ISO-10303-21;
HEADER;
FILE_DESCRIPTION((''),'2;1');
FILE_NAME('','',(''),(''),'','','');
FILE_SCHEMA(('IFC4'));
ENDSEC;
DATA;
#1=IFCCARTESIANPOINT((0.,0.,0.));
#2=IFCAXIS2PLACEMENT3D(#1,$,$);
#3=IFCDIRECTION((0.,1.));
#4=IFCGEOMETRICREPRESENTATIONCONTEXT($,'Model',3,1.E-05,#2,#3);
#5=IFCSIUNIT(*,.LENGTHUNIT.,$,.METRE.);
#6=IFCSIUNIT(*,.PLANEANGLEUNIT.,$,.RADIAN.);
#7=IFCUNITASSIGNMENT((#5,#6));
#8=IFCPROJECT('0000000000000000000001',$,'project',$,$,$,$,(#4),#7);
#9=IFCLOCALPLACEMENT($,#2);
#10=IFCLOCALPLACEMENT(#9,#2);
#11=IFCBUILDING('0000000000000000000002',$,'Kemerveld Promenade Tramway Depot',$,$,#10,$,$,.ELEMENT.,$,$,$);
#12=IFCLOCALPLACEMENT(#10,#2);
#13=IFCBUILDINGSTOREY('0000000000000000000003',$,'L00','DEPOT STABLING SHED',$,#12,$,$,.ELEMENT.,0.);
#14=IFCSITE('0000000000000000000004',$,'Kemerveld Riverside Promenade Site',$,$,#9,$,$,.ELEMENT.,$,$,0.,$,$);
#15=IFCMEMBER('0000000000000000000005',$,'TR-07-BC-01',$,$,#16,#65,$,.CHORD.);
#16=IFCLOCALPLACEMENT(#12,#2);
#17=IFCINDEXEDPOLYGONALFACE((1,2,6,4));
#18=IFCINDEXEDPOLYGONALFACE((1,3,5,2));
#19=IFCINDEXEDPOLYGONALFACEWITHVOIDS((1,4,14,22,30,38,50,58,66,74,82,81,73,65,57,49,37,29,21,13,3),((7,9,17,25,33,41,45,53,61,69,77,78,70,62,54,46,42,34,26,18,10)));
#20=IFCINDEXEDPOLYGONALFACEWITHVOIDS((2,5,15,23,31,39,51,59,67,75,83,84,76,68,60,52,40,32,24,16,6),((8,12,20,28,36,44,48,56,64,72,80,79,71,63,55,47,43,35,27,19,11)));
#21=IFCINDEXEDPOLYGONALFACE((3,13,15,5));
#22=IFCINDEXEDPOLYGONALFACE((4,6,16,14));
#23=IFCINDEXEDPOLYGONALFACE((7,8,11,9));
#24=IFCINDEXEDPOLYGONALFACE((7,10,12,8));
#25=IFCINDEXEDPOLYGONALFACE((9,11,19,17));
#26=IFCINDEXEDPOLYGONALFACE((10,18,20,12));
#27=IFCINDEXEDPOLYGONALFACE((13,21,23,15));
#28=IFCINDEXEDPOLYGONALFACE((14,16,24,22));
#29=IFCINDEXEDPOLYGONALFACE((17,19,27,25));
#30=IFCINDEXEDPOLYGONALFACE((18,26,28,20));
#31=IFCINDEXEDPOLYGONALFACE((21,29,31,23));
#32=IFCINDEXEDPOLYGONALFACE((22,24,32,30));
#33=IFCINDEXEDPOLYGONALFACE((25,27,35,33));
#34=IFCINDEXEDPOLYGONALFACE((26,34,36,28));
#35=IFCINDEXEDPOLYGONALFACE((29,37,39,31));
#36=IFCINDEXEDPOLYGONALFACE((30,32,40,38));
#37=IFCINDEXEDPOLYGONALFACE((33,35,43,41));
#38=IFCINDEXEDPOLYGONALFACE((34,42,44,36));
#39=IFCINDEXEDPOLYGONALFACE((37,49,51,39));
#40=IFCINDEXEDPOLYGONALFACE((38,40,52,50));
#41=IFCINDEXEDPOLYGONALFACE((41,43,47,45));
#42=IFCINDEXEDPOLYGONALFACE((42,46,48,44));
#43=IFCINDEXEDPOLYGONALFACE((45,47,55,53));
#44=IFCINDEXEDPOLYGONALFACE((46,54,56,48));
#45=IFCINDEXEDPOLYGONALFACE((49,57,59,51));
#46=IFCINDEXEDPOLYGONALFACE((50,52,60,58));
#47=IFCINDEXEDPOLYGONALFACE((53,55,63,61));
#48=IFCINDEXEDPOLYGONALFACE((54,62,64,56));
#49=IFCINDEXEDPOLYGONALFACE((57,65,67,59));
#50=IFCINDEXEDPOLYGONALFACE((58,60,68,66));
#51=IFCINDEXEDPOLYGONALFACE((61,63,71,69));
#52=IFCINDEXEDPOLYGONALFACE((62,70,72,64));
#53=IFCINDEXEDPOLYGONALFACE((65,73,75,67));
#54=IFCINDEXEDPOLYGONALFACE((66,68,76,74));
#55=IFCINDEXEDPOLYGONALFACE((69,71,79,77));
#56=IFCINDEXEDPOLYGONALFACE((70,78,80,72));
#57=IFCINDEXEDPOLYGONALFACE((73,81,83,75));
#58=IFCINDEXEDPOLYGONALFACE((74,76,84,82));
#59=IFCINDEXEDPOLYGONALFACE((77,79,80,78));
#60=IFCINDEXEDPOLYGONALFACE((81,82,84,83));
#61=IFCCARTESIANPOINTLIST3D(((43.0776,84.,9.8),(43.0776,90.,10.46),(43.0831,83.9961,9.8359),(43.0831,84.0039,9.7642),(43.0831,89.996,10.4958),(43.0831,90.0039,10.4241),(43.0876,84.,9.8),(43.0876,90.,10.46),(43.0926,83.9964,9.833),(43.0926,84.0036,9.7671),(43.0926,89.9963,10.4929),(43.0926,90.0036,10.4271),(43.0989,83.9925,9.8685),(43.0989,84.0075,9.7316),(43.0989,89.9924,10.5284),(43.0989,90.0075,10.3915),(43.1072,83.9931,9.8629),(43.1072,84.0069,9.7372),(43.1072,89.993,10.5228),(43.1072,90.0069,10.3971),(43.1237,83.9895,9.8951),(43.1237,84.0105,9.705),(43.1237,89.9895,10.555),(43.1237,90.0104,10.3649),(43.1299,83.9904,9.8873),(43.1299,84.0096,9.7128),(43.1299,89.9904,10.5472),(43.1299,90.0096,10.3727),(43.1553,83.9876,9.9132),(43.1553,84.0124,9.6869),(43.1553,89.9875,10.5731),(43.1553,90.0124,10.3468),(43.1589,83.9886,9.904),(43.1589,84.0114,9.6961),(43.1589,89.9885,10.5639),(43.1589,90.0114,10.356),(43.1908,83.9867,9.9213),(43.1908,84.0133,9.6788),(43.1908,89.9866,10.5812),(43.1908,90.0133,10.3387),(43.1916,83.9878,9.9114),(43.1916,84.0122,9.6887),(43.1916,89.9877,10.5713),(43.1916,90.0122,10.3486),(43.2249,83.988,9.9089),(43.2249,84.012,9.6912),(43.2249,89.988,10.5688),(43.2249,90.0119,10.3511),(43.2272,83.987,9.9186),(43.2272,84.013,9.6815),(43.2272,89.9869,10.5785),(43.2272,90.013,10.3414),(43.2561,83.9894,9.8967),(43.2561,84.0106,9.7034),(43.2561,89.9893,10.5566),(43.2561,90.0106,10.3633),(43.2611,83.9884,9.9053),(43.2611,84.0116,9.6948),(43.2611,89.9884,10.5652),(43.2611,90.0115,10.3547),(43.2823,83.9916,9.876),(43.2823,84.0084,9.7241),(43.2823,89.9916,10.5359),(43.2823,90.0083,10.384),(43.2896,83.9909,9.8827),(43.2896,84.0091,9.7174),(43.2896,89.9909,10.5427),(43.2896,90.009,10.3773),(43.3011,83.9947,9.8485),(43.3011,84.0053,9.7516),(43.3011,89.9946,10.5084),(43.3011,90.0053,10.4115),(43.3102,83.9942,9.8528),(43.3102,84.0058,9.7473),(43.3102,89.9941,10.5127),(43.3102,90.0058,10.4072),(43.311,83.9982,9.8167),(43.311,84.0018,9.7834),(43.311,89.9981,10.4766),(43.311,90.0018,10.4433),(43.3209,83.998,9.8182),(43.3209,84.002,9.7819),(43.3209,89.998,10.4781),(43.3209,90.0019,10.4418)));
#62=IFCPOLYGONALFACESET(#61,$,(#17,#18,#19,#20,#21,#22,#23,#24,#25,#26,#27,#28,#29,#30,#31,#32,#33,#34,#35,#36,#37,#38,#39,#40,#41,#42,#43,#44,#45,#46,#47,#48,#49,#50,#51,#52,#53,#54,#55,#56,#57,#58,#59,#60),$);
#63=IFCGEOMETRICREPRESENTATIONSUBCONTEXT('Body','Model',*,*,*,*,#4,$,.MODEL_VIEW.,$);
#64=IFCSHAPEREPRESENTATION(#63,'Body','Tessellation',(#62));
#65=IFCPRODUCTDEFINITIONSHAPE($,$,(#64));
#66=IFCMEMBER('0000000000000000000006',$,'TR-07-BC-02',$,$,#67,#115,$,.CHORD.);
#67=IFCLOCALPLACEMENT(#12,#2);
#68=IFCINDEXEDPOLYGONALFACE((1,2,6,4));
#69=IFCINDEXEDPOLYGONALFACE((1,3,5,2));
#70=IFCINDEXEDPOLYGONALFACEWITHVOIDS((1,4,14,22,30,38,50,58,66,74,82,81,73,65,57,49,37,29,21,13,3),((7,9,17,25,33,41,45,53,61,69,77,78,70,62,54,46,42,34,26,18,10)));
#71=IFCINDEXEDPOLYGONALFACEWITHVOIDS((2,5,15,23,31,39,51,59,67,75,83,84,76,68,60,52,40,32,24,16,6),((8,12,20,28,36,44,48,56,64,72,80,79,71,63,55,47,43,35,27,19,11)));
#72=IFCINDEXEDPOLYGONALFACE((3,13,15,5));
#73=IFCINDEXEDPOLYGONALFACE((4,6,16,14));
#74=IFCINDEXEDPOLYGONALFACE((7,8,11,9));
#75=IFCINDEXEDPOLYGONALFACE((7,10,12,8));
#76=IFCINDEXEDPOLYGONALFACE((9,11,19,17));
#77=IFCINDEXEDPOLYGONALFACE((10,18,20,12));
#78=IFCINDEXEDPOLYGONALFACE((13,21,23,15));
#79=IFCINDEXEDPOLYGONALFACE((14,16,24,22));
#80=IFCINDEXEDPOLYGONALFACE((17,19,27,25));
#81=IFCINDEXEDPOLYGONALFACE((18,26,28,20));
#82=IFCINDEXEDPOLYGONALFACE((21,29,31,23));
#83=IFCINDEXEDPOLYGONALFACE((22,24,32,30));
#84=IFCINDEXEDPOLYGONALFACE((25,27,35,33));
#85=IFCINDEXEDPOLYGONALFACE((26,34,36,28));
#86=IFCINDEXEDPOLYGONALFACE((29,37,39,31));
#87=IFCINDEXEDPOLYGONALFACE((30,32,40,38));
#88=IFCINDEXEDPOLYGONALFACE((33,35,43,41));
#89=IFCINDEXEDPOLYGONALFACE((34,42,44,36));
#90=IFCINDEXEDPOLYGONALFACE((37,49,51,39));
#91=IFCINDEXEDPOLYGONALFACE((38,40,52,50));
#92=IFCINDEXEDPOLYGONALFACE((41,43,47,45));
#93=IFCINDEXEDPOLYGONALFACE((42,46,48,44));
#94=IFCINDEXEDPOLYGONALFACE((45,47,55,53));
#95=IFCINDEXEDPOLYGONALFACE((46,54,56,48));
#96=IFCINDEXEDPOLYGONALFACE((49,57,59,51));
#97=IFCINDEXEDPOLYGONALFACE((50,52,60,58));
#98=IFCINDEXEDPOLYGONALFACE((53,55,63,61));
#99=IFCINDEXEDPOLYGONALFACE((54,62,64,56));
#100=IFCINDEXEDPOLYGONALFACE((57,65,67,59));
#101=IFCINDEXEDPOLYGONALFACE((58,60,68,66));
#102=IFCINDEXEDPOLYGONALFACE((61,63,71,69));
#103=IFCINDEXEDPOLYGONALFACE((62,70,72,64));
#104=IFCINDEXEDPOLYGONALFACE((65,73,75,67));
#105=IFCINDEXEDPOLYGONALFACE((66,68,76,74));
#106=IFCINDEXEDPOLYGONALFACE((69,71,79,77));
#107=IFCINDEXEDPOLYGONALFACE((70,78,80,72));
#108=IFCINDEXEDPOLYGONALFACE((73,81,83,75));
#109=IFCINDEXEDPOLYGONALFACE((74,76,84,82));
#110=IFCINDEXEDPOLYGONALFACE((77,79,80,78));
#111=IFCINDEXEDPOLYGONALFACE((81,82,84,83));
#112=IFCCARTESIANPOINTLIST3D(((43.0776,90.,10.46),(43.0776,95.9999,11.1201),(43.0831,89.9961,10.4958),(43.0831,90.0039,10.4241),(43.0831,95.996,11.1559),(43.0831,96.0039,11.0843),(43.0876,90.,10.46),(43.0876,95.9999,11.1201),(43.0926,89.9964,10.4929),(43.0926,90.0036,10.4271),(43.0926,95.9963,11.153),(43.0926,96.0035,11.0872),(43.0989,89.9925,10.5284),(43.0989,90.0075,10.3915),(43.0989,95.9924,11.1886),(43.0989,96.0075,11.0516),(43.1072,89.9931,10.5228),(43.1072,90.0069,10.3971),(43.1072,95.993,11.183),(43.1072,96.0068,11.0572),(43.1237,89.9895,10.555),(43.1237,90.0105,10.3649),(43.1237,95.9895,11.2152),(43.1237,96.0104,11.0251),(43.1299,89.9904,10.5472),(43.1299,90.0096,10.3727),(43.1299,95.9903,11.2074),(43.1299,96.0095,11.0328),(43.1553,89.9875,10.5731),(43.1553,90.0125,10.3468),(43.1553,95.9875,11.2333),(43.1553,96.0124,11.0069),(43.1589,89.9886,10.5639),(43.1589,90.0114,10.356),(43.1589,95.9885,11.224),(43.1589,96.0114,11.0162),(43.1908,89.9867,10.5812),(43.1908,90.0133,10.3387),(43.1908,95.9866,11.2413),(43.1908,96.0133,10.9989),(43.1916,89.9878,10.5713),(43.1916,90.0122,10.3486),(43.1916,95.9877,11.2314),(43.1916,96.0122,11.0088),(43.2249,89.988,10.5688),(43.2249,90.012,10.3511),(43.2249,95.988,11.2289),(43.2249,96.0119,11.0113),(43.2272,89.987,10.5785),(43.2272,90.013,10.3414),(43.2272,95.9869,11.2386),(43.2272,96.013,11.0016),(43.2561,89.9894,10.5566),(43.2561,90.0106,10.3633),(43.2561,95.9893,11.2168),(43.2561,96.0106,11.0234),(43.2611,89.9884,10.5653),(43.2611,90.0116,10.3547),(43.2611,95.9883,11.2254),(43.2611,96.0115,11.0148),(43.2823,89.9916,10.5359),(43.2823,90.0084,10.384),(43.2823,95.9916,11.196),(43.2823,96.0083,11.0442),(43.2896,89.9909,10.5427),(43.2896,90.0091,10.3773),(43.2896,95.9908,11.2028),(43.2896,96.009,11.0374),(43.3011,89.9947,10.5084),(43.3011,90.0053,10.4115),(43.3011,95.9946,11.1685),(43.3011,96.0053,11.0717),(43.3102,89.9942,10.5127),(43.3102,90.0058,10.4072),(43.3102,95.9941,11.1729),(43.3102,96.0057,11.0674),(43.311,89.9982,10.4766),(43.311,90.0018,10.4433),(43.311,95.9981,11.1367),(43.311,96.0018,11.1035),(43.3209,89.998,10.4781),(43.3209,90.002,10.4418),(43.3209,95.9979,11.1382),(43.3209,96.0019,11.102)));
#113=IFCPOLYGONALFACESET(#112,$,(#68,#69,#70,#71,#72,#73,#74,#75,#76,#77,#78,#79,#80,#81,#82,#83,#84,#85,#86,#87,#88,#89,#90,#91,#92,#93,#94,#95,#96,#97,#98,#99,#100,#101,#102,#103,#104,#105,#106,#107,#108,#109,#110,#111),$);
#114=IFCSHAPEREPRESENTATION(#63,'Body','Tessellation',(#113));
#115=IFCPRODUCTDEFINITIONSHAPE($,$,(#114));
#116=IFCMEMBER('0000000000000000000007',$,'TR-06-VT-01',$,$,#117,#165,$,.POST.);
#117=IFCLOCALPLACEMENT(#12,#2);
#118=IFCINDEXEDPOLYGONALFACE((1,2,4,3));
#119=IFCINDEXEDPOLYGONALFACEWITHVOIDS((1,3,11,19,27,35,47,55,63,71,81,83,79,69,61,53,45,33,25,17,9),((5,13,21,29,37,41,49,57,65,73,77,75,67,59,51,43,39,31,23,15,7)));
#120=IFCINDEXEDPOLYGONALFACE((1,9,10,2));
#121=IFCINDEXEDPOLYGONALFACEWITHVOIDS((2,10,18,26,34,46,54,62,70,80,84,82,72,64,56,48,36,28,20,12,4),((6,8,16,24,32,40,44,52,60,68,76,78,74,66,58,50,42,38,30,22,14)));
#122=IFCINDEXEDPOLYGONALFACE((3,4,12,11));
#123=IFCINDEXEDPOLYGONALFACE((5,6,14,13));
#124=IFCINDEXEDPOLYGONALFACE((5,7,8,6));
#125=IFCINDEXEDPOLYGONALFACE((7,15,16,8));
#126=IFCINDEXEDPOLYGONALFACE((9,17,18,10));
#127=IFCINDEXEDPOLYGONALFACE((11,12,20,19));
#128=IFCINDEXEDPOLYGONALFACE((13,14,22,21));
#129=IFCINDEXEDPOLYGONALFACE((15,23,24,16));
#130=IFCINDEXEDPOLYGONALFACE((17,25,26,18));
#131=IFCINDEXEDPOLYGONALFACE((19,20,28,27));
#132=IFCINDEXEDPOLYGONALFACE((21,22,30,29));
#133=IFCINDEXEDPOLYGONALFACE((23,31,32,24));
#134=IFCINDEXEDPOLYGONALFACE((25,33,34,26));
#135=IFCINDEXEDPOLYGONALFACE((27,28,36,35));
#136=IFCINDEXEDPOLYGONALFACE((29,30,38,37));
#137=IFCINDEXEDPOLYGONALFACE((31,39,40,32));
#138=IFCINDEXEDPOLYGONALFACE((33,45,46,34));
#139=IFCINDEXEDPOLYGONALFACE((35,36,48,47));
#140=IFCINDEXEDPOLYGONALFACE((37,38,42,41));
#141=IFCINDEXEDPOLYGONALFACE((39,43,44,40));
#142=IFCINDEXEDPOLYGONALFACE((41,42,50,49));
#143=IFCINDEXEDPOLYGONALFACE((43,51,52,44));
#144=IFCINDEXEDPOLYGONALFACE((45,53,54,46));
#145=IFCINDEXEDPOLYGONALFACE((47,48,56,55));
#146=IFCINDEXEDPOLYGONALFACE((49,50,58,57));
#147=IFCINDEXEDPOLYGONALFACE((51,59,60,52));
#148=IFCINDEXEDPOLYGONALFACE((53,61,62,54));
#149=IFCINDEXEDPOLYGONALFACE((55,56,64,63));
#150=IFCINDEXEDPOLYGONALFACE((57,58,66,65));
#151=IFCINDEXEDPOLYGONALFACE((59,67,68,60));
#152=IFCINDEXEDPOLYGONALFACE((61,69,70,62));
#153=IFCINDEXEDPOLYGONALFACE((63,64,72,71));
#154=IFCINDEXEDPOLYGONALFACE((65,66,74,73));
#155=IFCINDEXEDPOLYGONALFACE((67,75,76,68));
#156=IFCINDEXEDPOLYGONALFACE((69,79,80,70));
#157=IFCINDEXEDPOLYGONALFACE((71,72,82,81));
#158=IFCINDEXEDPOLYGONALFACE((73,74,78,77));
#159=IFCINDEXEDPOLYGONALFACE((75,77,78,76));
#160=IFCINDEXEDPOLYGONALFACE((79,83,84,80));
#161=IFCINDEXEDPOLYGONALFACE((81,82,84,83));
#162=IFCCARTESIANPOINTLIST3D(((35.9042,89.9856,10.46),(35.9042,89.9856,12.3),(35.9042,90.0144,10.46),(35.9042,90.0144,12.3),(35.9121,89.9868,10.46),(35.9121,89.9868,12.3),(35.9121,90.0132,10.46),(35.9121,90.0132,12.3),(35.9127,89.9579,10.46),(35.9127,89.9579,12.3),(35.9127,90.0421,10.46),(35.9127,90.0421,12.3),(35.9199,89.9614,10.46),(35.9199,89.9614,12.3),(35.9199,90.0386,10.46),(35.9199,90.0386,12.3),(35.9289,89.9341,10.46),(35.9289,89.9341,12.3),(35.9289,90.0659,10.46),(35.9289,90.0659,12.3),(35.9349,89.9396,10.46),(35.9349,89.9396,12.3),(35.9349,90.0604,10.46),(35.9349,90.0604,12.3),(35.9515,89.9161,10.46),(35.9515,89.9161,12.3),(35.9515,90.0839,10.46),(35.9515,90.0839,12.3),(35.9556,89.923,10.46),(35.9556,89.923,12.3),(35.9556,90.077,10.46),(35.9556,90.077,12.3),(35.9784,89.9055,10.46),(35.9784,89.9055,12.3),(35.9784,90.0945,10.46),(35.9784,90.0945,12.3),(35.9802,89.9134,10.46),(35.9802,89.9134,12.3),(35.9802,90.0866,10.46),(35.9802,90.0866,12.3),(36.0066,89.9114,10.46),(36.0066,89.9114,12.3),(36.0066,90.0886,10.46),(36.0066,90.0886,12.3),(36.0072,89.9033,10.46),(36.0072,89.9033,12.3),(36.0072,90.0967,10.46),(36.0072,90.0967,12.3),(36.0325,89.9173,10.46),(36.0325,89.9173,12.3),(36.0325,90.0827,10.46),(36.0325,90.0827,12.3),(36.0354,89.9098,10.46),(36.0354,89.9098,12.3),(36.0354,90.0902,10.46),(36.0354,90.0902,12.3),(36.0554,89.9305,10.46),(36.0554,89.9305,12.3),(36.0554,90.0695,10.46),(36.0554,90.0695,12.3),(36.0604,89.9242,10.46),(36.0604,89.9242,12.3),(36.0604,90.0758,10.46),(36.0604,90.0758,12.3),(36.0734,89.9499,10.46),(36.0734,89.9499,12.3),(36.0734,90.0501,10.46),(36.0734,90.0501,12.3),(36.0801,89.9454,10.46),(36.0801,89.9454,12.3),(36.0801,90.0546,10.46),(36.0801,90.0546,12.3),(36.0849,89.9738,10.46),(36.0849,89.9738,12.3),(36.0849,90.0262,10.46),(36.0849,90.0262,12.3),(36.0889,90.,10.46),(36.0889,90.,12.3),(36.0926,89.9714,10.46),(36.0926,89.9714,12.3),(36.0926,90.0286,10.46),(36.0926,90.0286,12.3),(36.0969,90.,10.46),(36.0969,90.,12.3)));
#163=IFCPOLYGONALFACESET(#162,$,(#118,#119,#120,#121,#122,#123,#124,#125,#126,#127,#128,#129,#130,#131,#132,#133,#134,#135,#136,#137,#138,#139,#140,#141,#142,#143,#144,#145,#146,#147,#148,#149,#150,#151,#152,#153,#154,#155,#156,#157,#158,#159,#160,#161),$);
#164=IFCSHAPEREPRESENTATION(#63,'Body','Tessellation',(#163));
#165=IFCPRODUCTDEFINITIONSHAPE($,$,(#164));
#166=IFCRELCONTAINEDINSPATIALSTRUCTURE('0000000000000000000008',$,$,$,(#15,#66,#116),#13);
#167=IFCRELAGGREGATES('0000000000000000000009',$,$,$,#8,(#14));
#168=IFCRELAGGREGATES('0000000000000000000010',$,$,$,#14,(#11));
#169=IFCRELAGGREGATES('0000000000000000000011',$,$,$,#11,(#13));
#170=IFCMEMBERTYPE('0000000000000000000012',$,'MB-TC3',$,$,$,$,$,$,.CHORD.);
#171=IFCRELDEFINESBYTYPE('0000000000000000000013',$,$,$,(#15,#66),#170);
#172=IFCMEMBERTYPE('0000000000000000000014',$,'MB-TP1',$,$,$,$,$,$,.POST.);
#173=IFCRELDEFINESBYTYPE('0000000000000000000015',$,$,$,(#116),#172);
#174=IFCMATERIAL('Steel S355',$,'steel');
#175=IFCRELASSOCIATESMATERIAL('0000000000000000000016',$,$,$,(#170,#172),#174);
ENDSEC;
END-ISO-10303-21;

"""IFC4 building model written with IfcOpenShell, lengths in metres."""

from ifc_helpers import new_model, si_unit, direction, frame, origin, origin_2d, place, context, subcontext, project, spatial, hollow_circle, extrude, material, material_profile, profile_set, type_object, element, save


model = new_model("IFC4")

# Units and contexts
model_context = context("Model", 3, precision=1e-05, world=origin(), true_north=direction((0.0, 1.0)))
body_context = subcontext(model_context, "Body", "Model", "MODEL_VIEW")
ifc_project = project(units=[si_unit("LENGTHUNIT", "METRE"), si_unit("PLANEANGLEUNIT", "RADIAN")], contexts=[model_context])

# Site, building, storey
site_placement = place(None, origin())
site = spatial("IfcSite", under=ifc_project, at=site_placement, Name="Kemerveld Riverside Promenade Site", CompositionType="ELEMENT", RefElevation=0.0)
building_placement = place(site_placement, origin())
building = spatial("IfcBuilding", under=site, at=building_placement, Name="Kemerveld Promenade Tramway Depot", CompositionType="ELEMENT")
storey_placement = place(building_placement, origin())
storey = spatial("IfcBuildingStorey", under=building, at=storey_placement, Name="L00", Description="DEPOT STABLING SHED", CompositionType="ELEMENT", Elevation=0.0)

# Shared definitions
ifc_material_1 = material(Name="Steel S355", Category="steel")

# Members
ifc_material_profile_1 = material_profile(ifc_material_1, hollow_circle(Radius=0.1223, WallThickness=0.01, at=origin_2d()), Name="244.5x10.0 CHS")
ifc_profile_set_1 = profile_set([ifc_material_profile_1], Name="Steel S355")
member_type_1 = type_object("IfcMemberType", Name="MB-TC3", PredefinedType="CHORD", material=ifc_profile_set_1)
for number, where, z_axis, x_axis, name in (
    (1, (43.2, 84.0, 9.8), (0.0, 0.994006, 0.109326), (-1.0, 0.0, 0.0), "TR-07-BC-01"),
    (2, (43.2, 90.0, 10.46), (0.0, 0.994002, 0.109366), (-1.0, 0.0, 0.0), "TR-07-BC-02"),
):
    element("IfcMember", number, at=place(storey_placement, frame(where, z_axis=z_axis, x_axis=x_axis)), inside=storey, type_object=member_type_1, Name=name, PredefinedType="CHORD", context=body_context, shape_type="SweptSolid", body=[
        extrude(hollow_circle(Radius=0.1223, WallThickness=0.01, at=origin_2d()), origin(), (0.0, 0.0, 1.0), 6.0361),
    ])
ifc_material_profile_2 = material_profile(ifc_material_1, hollow_circle(Radius=0.0969, WallThickness=0.0081, at=origin_2d()), Name="193.7x8.0 CHS")
ifc_profile_set_2 = profile_set([ifc_material_profile_2], Name="Steel S355")
member_type_2 = type_object("IfcMemberType", Name="MB-TP1", PredefinedType="POST", material=ifc_profile_set_2)
member_1_placement = place(storey_placement, frame((36.0, 90.0, 10.46), z_axis=(0.0, 0.0, 1.0), x_axis=(1.0, 0.0, 0.0)))
element("IfcMember", 3, at=member_1_placement, inside=storey, type_object=member_type_2, Name="TR-06-VT-01", PredefinedType="POST", context=body_context, shape_type="SweptSolid", body=[
    extrude(hollow_circle(Radius=0.0969, WallThickness=0.0081, at=origin_2d()), origin(), (0.0, 0.0, 1.0), 1.8401),
])

save(model, "model.ifc")
